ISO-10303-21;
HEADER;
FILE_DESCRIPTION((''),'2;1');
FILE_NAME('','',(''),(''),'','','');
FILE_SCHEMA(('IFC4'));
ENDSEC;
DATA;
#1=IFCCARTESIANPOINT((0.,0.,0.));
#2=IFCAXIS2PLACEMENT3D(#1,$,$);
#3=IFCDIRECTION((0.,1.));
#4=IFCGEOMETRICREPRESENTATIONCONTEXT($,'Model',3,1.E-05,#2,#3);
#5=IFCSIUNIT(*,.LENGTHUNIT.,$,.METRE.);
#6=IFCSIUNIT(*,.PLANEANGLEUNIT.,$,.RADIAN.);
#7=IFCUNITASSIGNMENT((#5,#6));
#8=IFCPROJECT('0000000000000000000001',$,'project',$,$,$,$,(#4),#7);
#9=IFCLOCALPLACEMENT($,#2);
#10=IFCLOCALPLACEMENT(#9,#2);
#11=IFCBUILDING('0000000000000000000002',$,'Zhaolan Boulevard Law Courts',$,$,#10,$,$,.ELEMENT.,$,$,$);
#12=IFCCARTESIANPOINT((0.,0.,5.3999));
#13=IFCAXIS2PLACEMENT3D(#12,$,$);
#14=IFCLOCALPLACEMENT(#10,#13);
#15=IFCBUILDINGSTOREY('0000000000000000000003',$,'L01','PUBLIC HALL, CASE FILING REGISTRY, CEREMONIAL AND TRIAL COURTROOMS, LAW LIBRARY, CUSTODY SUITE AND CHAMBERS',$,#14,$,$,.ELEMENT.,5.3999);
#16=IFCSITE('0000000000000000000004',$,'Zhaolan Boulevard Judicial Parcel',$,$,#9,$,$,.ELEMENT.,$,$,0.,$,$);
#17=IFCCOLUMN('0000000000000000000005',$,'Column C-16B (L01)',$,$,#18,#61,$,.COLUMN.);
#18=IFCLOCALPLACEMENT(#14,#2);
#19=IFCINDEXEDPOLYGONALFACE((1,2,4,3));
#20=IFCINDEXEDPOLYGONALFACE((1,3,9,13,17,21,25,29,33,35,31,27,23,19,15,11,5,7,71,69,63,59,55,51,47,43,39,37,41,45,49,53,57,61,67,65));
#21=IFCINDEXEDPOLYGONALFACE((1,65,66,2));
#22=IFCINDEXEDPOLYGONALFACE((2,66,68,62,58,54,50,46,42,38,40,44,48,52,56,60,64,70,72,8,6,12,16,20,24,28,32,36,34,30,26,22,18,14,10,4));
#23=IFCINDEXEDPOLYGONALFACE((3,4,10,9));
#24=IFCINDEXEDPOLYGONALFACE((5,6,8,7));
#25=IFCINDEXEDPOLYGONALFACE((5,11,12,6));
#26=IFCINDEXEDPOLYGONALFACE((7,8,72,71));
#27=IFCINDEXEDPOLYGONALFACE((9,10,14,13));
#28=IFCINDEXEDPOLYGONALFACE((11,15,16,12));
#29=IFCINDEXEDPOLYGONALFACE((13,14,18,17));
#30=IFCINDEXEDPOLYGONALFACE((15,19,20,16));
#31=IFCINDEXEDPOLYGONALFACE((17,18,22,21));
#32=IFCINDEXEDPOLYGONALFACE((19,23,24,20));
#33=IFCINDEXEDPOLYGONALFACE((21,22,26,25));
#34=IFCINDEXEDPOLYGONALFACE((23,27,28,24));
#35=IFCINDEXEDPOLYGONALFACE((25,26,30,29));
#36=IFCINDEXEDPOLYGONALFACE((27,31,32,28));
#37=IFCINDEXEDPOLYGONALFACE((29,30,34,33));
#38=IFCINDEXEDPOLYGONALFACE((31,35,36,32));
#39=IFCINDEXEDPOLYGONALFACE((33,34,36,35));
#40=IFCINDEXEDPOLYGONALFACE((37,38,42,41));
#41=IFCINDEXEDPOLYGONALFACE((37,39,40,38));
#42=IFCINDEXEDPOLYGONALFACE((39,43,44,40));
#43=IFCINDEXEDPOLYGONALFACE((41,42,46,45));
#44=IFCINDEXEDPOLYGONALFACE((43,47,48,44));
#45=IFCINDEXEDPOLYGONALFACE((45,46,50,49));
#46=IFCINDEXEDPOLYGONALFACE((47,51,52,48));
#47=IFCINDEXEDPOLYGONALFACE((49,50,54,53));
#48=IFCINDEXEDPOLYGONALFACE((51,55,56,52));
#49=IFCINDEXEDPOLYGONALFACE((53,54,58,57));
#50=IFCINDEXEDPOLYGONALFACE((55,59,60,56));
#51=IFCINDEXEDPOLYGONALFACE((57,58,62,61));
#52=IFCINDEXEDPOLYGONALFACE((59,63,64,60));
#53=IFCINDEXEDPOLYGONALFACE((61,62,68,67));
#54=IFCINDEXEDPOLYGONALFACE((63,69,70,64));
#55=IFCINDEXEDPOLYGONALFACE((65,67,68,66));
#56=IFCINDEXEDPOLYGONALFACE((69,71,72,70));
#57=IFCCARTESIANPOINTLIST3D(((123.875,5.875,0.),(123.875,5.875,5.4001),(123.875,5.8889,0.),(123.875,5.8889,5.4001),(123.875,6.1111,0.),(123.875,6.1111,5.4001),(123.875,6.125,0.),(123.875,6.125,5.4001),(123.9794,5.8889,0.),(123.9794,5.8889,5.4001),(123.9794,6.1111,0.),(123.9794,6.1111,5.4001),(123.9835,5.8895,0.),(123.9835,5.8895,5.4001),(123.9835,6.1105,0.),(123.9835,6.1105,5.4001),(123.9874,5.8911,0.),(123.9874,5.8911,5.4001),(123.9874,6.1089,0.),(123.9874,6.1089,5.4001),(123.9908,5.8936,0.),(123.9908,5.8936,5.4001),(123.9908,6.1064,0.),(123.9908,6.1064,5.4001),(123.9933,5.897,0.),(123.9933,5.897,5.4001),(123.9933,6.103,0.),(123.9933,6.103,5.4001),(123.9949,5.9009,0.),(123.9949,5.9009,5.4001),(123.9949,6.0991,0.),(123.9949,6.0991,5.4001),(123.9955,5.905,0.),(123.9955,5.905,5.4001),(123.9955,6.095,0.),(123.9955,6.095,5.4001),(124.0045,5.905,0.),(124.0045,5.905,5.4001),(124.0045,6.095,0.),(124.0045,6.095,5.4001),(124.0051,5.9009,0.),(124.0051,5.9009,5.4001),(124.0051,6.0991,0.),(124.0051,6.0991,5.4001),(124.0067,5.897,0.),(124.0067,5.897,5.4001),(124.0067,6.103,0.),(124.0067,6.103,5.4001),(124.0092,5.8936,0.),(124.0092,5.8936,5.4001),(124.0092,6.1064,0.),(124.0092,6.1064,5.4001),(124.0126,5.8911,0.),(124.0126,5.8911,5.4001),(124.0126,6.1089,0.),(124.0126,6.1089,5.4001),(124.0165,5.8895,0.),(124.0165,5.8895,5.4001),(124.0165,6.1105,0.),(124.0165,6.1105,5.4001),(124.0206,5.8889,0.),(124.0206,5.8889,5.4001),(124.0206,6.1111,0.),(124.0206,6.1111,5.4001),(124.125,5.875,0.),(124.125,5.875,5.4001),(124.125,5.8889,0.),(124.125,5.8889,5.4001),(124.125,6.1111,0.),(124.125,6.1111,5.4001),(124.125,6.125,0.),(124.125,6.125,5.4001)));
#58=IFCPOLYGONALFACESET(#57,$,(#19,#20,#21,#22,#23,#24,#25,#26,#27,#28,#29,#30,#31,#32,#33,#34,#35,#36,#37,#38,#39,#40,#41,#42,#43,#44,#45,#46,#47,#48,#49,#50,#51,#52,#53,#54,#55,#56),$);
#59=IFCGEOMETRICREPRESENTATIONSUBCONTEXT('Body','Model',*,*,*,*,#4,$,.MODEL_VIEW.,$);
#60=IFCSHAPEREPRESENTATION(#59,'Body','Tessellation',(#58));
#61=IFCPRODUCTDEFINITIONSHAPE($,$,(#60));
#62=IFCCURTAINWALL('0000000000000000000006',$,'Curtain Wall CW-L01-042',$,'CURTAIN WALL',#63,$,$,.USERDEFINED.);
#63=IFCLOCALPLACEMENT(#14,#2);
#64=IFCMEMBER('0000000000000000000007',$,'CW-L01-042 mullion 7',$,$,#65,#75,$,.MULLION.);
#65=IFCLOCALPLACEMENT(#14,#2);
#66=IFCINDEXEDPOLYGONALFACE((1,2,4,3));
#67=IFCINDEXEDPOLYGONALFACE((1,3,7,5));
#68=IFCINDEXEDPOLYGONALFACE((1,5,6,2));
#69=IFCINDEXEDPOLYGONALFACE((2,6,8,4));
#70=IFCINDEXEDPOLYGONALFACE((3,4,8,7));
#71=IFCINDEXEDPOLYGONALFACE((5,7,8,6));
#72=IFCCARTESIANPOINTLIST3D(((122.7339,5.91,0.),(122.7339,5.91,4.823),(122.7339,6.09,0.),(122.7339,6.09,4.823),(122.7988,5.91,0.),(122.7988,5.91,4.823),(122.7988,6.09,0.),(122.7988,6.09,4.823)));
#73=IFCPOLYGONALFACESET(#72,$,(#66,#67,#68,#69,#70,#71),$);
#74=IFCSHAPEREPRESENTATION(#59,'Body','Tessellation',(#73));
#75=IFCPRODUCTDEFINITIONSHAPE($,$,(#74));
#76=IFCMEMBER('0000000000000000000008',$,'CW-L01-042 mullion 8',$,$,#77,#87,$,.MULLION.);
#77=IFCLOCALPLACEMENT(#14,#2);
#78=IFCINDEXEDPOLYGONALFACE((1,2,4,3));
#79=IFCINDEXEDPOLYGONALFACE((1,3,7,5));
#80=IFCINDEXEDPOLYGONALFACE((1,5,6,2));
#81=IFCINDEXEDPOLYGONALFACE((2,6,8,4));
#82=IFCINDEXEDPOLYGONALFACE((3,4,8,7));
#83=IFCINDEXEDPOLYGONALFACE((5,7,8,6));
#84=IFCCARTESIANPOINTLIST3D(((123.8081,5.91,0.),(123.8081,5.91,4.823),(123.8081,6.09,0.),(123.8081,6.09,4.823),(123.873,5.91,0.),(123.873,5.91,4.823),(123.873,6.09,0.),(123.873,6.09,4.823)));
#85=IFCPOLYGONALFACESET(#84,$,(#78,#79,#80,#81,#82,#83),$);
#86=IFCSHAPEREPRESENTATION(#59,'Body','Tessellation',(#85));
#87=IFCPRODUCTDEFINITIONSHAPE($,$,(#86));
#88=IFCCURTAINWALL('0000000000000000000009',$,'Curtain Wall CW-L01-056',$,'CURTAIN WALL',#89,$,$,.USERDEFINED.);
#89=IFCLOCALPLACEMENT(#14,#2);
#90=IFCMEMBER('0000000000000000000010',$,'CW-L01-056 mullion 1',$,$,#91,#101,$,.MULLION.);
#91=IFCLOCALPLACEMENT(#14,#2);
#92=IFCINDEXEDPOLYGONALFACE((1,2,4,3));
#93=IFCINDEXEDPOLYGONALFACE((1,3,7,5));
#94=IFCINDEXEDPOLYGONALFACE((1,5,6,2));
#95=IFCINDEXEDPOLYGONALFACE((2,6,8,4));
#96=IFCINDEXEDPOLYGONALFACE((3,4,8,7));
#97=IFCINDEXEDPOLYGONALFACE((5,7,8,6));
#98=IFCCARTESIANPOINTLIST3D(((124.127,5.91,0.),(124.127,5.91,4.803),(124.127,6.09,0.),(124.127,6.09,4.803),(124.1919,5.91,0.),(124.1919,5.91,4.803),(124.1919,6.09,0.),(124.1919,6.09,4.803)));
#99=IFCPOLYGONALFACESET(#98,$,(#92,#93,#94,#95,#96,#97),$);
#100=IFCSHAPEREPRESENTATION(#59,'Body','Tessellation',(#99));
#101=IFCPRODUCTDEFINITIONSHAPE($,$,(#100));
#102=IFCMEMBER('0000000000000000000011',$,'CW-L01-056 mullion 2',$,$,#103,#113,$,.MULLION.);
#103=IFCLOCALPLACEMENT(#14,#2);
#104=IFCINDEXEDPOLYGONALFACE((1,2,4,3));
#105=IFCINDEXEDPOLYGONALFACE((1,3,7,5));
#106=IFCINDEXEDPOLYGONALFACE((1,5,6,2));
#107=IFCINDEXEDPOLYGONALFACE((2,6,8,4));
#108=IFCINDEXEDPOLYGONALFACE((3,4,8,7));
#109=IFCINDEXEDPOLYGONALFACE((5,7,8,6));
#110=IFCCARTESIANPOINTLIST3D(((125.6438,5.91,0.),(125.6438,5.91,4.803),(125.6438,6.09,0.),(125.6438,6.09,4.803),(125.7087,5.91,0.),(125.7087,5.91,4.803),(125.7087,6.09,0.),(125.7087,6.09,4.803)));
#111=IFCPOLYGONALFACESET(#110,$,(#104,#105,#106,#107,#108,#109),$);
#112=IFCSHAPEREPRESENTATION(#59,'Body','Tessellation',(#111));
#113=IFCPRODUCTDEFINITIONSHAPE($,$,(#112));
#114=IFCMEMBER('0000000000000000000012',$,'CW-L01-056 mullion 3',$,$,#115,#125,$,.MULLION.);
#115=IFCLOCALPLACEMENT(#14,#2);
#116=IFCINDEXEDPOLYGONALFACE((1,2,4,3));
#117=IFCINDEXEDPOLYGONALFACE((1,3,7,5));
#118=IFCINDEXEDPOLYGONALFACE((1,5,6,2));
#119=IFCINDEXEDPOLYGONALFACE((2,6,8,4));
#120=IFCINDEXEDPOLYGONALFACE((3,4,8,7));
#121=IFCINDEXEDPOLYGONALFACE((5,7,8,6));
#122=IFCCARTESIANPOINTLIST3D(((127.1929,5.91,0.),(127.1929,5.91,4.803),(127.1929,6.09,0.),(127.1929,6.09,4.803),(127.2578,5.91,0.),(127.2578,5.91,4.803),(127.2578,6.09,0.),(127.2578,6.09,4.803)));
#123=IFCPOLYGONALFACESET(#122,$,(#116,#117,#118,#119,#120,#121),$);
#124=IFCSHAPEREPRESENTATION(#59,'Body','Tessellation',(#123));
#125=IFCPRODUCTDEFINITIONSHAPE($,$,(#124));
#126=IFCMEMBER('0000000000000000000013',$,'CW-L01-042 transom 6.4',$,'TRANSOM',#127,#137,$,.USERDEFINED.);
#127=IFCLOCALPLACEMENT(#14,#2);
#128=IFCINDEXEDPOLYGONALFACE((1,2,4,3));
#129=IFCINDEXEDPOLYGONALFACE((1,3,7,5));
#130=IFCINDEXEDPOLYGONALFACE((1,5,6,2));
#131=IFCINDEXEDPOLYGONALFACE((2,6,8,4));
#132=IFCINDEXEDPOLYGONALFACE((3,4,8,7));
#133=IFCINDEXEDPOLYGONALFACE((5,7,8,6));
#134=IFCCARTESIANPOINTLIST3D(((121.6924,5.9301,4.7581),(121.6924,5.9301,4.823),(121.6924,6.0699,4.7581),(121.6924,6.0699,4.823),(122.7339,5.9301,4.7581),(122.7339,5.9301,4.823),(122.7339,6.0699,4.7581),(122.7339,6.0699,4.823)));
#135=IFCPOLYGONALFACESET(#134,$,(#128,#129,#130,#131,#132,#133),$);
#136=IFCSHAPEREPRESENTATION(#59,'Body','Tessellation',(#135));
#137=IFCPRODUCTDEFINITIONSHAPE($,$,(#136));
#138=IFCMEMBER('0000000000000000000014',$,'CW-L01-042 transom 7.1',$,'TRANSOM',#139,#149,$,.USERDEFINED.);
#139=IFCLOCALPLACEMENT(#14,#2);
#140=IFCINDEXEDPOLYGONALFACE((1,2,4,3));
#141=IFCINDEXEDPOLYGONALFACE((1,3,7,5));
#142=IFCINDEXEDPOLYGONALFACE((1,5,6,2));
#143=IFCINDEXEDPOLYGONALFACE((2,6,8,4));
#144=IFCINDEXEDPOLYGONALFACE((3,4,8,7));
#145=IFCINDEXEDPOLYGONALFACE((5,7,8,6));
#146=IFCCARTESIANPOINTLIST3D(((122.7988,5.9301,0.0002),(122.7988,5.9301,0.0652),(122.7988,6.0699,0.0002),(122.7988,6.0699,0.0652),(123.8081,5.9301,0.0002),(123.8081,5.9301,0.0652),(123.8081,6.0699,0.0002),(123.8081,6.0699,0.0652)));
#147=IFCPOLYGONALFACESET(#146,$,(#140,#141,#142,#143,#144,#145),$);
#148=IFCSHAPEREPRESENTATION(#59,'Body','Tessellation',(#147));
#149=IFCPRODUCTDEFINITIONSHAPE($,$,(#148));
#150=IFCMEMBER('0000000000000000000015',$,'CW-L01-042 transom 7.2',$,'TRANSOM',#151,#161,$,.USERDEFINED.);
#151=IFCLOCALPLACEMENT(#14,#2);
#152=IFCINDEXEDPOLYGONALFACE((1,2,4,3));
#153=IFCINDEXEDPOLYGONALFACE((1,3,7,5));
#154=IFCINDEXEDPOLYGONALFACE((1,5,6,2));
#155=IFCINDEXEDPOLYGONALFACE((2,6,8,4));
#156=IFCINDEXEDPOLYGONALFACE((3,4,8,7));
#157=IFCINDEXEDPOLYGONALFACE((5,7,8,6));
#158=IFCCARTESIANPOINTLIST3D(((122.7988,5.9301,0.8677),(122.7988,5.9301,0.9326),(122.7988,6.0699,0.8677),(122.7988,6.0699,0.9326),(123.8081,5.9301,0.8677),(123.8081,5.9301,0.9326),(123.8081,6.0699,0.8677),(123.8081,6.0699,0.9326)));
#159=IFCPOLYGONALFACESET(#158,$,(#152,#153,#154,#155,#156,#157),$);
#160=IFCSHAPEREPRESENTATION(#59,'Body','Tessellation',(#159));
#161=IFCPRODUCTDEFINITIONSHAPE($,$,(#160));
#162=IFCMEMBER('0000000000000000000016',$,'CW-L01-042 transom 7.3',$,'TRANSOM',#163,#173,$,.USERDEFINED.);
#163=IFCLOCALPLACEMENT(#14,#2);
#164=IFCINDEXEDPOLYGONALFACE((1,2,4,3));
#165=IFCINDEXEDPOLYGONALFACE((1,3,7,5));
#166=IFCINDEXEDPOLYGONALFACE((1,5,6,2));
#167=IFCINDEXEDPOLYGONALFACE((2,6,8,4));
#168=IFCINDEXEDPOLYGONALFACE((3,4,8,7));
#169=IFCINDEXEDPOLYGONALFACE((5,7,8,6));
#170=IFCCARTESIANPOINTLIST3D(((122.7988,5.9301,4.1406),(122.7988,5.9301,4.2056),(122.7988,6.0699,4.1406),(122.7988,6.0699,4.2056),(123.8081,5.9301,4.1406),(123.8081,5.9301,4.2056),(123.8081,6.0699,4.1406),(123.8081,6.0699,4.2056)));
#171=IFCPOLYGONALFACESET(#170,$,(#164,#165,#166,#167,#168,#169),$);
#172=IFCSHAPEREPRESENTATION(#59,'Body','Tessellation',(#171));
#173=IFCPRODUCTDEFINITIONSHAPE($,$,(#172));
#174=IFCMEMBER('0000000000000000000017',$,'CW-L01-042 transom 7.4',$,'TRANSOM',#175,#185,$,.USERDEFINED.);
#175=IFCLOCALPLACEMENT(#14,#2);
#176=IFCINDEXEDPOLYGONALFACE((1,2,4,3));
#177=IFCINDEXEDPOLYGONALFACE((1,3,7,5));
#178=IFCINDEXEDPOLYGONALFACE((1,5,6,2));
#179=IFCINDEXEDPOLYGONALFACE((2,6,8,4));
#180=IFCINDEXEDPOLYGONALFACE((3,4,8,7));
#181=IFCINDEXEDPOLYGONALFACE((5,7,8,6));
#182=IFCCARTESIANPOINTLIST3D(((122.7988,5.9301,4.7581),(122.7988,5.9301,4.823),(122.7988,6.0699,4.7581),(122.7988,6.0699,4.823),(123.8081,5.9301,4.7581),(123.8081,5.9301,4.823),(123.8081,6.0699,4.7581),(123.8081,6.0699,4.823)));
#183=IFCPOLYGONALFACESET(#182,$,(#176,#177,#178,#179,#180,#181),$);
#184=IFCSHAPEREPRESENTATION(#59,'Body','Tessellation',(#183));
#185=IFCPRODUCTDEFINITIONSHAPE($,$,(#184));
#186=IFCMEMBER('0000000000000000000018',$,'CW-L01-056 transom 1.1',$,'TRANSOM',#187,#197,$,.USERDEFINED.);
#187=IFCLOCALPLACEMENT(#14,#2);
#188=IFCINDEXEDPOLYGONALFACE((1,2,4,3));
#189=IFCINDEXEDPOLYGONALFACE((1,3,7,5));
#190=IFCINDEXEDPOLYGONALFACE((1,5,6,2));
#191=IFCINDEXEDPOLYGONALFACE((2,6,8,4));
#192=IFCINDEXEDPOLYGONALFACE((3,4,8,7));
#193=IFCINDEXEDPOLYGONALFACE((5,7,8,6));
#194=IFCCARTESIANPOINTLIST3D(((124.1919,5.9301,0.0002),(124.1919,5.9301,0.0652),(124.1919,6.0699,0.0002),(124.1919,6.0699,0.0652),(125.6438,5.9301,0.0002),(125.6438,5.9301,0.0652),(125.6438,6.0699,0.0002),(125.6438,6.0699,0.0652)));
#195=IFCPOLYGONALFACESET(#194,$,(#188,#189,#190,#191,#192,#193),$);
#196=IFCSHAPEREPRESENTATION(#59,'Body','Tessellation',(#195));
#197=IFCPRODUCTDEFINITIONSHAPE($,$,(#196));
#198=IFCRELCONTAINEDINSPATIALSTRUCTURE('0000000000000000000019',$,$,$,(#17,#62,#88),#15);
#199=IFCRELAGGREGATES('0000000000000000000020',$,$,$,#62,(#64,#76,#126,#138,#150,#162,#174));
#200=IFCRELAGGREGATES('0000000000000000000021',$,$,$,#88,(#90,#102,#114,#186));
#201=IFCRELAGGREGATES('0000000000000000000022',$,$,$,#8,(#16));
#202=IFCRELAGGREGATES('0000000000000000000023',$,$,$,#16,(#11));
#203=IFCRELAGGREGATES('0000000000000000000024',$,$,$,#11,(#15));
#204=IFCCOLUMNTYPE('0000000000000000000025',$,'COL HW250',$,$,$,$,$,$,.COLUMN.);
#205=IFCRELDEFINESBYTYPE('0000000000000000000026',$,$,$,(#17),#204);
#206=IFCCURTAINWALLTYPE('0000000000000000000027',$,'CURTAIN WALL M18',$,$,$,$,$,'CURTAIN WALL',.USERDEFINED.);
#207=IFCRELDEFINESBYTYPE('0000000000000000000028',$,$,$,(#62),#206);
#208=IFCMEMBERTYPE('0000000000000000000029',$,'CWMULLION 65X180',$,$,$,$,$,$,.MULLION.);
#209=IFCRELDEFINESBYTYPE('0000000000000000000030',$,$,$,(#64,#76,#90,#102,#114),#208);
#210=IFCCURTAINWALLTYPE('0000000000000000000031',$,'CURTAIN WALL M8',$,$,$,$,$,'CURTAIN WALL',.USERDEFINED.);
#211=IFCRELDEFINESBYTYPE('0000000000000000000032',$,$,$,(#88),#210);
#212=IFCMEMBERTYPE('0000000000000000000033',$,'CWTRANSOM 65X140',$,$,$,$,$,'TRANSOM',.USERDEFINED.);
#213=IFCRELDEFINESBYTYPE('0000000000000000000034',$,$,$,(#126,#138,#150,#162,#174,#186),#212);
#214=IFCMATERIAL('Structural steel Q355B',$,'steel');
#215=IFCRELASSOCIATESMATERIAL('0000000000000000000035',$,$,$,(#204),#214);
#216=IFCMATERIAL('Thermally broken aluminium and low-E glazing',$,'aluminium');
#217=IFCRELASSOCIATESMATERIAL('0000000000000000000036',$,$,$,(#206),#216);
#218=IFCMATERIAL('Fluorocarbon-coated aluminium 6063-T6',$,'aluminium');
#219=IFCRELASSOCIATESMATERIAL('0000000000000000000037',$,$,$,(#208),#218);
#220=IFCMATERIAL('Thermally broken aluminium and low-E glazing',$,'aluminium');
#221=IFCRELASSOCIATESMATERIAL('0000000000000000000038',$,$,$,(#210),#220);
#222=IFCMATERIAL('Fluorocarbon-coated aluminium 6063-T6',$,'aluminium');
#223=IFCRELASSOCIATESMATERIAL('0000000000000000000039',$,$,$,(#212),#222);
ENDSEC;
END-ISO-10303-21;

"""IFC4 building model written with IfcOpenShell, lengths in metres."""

from ifc_helpers import new_model, si_unit, direction, frame, origin, origin_2d, place, context, subcontext, project, spatial, rectangle, i_section, extrude, material, material_profile, profile_set, type_object, element, aggregate, save


model = new_model("IFC4")

# Units and contexts
model_context = context("Model", 3, precision=1e-05, world=origin(), true_north=direction((0.0, 1.0)))
body_context = subcontext(model_context, "Body", "Model", "MODEL_VIEW")
ifc_project = project(units=[si_unit("LENGTHUNIT", "METRE"), si_unit("PLANEANGLEUNIT", "RADIAN")], contexts=[model_context])

# Site, building, storey
site_placement = place(None, origin())
site = spatial("IfcSite", under=ifc_project, at=site_placement, Name="Zhaolan Boulevard Judicial Parcel", CompositionType="ELEMENT", RefElevation=0.0)
building_placement = place(site_placement, origin())
building = spatial("IfcBuilding", under=site, at=building_placement, Name="Zhaolan Boulevard Law Courts", CompositionType="ELEMENT")
storey_placement = place(building_placement, frame((0.0, 0.0, 5.3999)))
storey = spatial("IfcBuildingStorey", under=building, at=storey_placement, Name="L01", Description="PUBLIC HALL, CASE FILING REGISTRY, CEREMONIAL AND TRIAL COURTROOMS, LAW LIBRARY, CUSTODY SUITE AND CHAMBERS", CompositionType="ELEMENT", Elevation=5.3999)

# Column
ifc_material_1 = material(Name="Structural steel Q355B", Category="steel")
ifc_material_profile_1 = material_profile(ifc_material_1, i_section(OverallWidth=0.25, OverallDepth=0.25, WebThickness=0.009, FlangeThickness=0.0139, FilletRadius=0.0161, at=origin_2d()), Name="HW250x250")
ifc_profile_set_1 = profile_set([ifc_material_profile_1], Name="Structural steel Q355B")
column_type = type_object("IfcColumnType", Name="COL HW250", PredefinedType="COLUMN", material=ifc_profile_set_1)
column_placement = place(storey_placement, frame((124.0, 6.0, 0.0), z_axis=(0.0, 0.0, 1.0), x_axis=(1.0, 0.0, 0.0)))
element("IfcColumn", 1, at=column_placement, inside=storey, type_object=column_type, Name="Column C-16B (L01)", PredefinedType="COLUMN", context=body_context, shape_type="SweptSolid", body=[
    extrude(i_section(OverallWidth=0.25, OverallDepth=0.25, WebThickness=0.009, FlangeThickness=0.0139, FilletRadius=0.0161, at=origin_2d()), origin(), (0.0, 0.0, 1.0), 5.4001),
])

# Curtain walls, members
ifc_material_2 = material(Name="Thermally broken aluminium and low-E glazing", Category="aluminium")
curtain_wall_type_1 = type_object("IfcCurtainWallType", Name="CURTAIN WALL M18", ElementType="CURTAIN WALL", PredefinedType="USERDEFINED", material=ifc_material_2)
curtain_wall_1_placement = place(storey_placement, origin())
curtain_wall_1 = element("IfcCurtainWall", 2, at=curtain_wall_1_placement, inside=storey, type_object=curtain_wall_type_1, Name="Curtain Wall CW-L01-042", ObjectType="CURTAIN WALL", PredefinedType="USERDEFINED")
ifc_material_3 = material(Name="Fluorocarbon-coated aluminium 6063-T6", Category="aluminium")
ifc_material_profile_2 = material_profile(ifc_material_3, rectangle(XDim=0.1799, YDim=0.0649, at=origin_2d()), Name="AL65x180")
ifc_profile_set_2 = profile_set([ifc_material_profile_2], Name="Fluorocarbon-coated aluminium 6063-T6")
member_type_1 = type_object("IfcMemberType", Name="CWMULLION 65X180", PredefinedType="MULLION", material=ifc_profile_set_2)
member_1_placement = place(storey_placement, frame((122.7664, 6.0, 0.0), z_axis=(0.0, 0.0, 1.0), x_axis=(0.0, 1.0, 0.0)))
member_1 = element("IfcMember", 3, at=member_1_placement, type_object=member_type_1, Name="CW-L01-042 mullion 7", PredefinedType="MULLION", context=body_context, shape_type="SweptSolid", body=[
    extrude(rectangle(XDim=0.1799, YDim=0.0649, at=origin_2d()), origin(), (0.0, 0.0, 1.0), 4.823),
])
member_2_placement = place(storey_placement, frame((123.8406, 6.0, 0.0), z_axis=(0.0, 0.0, 1.0), x_axis=(0.0, 1.0, 0.0)))
member_2 = element("IfcMember", 4, at=member_2_placement, type_object=member_type_1, Name="CW-L01-042 mullion 8", PredefinedType="MULLION", context=body_context, shape_type="SweptSolid", body=[
    extrude(rectangle(XDim=0.1799, YDim=0.0649, at=origin_2d()), origin(), (0.0, 0.0, 1.0), 4.823),
])
ifc_material_4 = material(Name="Thermally broken aluminium and low-E glazing", Category="aluminium")
curtain_wall_type_2 = type_object("IfcCurtainWallType", Name="CURTAIN WALL M8", ElementType="CURTAIN WALL", PredefinedType="USERDEFINED", material=ifc_material_4)
curtain_wall_2_placement = place(storey_placement, origin())
curtain_wall_2 = element("IfcCurtainWall", 5, at=curtain_wall_2_placement, inside=storey, type_object=curtain_wall_type_2, Name="Curtain Wall CW-L01-056", ObjectType="CURTAIN WALL", PredefinedType="USERDEFINED")
member_3_placement = place(storey_placement, frame((124.1594, 6.0, 0.0), z_axis=(0.0, 0.0, 1.0), x_axis=(0.0, 1.0, 0.0)))
member_3 = element("IfcMember", 6, at=member_3_placement, type_object=member_type_1, Name="CW-L01-056 mullion 1", PredefinedType="MULLION", context=body_context, shape_type="SweptSolid", body=[
    extrude(rectangle(XDim=0.1799, YDim=0.0649, at=origin_2d()), origin(), (0.0, 0.0, 1.0), 4.803),
])
member_4_placement = place(storey_placement, frame((125.6763, 6.0, 0.0), z_axis=(0.0, 0.0, 1.0), x_axis=(0.0, 1.0, 0.0)))
member_4 = element("IfcMember", 7, at=member_4_placement, type_object=member_type_1, Name="CW-L01-056 mullion 2", PredefinedType="MULLION", context=body_context, shape_type="SweptSolid", body=[
    extrude(rectangle(XDim=0.1799, YDim=0.0649, at=origin_2d()), origin(), (0.0, 0.0, 1.0), 4.803),
])
member_5_placement = place(storey_placement, frame((127.2253, 6.0, 0.0), z_axis=(0.0, 0.0, 1.0), x_axis=(0.0, 1.0, 0.0)))
member_5 = element("IfcMember", 8, at=member_5_placement, type_object=member_type_1, Name="CW-L01-056 mullion 3", PredefinedType="MULLION", context=body_context, shape_type="SweptSolid", body=[
    extrude(rectangle(XDim=0.1799, YDim=0.0649, at=origin_2d()), origin(), (0.0, 0.0, 1.0), 4.803),
])

# Members
ifc_material_5 = material(Name="Fluorocarbon-coated aluminium 6063-T6", Category="aluminium")
ifc_material_profile_3 = material_profile(ifc_material_5, rectangle(XDim=0.1399, YDim=0.0649, at=origin_2d()), Name="AL65x140")
ifc_profile_set_3 = profile_set([ifc_material_profile_3], Name="Fluorocarbon-coated aluminium 6063-T6")
member_type_2 = type_object("IfcMemberType", Name="CWTRANSOM 65X140", ElementType="TRANSOM", PredefinedType="USERDEFINED", material=ifc_profile_set_3)
member_6_placement = place(storey_placement, frame((121.6924, 6.0, 4.7905), z_axis=(1.0, 0.0, 0.0), x_axis=(0.0, 1.0, 0.0)))
member_6 = element("IfcMember", 9, at=member_6_placement, type_object=member_type_2, Name="CW-L01-042 transom 6.4", ObjectType="TRANSOM", PredefinedType="USERDEFINED", context=body_context, shape_type="SweptSolid", body=[
    extrude(rectangle(XDim=0.1399, YDim=0.0649, at=origin_2d()), origin(), (0.0, 0.0, 1.0), 1.0415),
])
member_7_placement = place(storey_placement, frame((122.7988, 6.0, 0.0327), z_axis=(1.0, 0.0, 0.0), x_axis=(0.0, 1.0, 0.0)))
member_7 = element("IfcMember", 10, at=member_7_placement, type_object=member_type_2, Name="CW-L01-042 transom 7.1", ObjectType="TRANSOM", PredefinedType="USERDEFINED", context=body_context, shape_type="SweptSolid", body=[
    extrude(rectangle(XDim=0.1399, YDim=0.0649, at=origin_2d()), origin(), (0.0, 0.0, 1.0), 1.0093),
])
member_8_placement = place(storey_placement, frame((122.7988, 6.0, 0.9001), z_axis=(1.0, 0.0, 0.0), x_axis=(0.0, 1.0, 0.0)))
member_8 = element("IfcMember", 11, at=member_8_placement, type_object=member_type_2, Name="CW-L01-042 transom 7.2", ObjectType="TRANSOM", PredefinedType="USERDEFINED", context=body_context, shape_type="SweptSolid", body=[
    extrude(rectangle(XDim=0.1399, YDim=0.0649, at=origin_2d()), origin(), (0.0, 0.0, 1.0), 1.0093),
])
member_9_placement = place(storey_placement, frame((122.7988, 6.0, 4.1731), z_axis=(1.0, 0.0, 0.0), x_axis=(0.0, 1.0, 0.0)))
member_9 = element("IfcMember", 12, at=member_9_placement, type_object=member_type_2, Name="CW-L01-042 transom 7.3", ObjectType="TRANSOM", PredefinedType="USERDEFINED", context=body_context, shape_type="SweptSolid", body=[
    extrude(rectangle(XDim=0.1399, YDim=0.0649, at=origin_2d()), origin(), (0.0, 0.0, 1.0), 1.0093),
])
member_10_placement = place(storey_placement, frame((122.7988, 6.0, 4.7905), z_axis=(1.0, 0.0, 0.0), x_axis=(0.0, 1.0, 0.0)))
member_10 = element("IfcMember", 13, at=member_10_placement, type_object=member_type_2, Name="CW-L01-042 transom 7.4", ObjectType="TRANSOM", PredefinedType="USERDEFINED", context=body_context, shape_type="SweptSolid", body=[
    extrude(rectangle(XDim=0.1399, YDim=0.0649, at=origin_2d()), origin(), (0.0, 0.0, 1.0), 1.0093),
])
member_11_placement = place(storey_placement, frame((124.1919, 6.0, 0.0327), z_axis=(1.0, 0.0, 0.0), x_axis=(0.0, 1.0, 0.0)))
member_11 = element("IfcMember", 14, at=member_11_placement, type_object=member_type_2, Name="CW-L01-056 transom 1.1", ObjectType="TRANSOM", PredefinedType="USERDEFINED", context=body_context, shape_type="SweptSolid", body=[
    extrude(rectangle(XDim=0.1399, YDim=0.0649, at=origin_2d()), origin(), (0.0, 0.0, 1.0), 1.4519),
])

aggregate(curtain_wall_1, [member_1, member_2, member_6, member_7, member_8, member_9, member_10])
aggregate(curtain_wall_2, [member_3, member_4, member_5, member_11])

save(model, "model.ifc")
